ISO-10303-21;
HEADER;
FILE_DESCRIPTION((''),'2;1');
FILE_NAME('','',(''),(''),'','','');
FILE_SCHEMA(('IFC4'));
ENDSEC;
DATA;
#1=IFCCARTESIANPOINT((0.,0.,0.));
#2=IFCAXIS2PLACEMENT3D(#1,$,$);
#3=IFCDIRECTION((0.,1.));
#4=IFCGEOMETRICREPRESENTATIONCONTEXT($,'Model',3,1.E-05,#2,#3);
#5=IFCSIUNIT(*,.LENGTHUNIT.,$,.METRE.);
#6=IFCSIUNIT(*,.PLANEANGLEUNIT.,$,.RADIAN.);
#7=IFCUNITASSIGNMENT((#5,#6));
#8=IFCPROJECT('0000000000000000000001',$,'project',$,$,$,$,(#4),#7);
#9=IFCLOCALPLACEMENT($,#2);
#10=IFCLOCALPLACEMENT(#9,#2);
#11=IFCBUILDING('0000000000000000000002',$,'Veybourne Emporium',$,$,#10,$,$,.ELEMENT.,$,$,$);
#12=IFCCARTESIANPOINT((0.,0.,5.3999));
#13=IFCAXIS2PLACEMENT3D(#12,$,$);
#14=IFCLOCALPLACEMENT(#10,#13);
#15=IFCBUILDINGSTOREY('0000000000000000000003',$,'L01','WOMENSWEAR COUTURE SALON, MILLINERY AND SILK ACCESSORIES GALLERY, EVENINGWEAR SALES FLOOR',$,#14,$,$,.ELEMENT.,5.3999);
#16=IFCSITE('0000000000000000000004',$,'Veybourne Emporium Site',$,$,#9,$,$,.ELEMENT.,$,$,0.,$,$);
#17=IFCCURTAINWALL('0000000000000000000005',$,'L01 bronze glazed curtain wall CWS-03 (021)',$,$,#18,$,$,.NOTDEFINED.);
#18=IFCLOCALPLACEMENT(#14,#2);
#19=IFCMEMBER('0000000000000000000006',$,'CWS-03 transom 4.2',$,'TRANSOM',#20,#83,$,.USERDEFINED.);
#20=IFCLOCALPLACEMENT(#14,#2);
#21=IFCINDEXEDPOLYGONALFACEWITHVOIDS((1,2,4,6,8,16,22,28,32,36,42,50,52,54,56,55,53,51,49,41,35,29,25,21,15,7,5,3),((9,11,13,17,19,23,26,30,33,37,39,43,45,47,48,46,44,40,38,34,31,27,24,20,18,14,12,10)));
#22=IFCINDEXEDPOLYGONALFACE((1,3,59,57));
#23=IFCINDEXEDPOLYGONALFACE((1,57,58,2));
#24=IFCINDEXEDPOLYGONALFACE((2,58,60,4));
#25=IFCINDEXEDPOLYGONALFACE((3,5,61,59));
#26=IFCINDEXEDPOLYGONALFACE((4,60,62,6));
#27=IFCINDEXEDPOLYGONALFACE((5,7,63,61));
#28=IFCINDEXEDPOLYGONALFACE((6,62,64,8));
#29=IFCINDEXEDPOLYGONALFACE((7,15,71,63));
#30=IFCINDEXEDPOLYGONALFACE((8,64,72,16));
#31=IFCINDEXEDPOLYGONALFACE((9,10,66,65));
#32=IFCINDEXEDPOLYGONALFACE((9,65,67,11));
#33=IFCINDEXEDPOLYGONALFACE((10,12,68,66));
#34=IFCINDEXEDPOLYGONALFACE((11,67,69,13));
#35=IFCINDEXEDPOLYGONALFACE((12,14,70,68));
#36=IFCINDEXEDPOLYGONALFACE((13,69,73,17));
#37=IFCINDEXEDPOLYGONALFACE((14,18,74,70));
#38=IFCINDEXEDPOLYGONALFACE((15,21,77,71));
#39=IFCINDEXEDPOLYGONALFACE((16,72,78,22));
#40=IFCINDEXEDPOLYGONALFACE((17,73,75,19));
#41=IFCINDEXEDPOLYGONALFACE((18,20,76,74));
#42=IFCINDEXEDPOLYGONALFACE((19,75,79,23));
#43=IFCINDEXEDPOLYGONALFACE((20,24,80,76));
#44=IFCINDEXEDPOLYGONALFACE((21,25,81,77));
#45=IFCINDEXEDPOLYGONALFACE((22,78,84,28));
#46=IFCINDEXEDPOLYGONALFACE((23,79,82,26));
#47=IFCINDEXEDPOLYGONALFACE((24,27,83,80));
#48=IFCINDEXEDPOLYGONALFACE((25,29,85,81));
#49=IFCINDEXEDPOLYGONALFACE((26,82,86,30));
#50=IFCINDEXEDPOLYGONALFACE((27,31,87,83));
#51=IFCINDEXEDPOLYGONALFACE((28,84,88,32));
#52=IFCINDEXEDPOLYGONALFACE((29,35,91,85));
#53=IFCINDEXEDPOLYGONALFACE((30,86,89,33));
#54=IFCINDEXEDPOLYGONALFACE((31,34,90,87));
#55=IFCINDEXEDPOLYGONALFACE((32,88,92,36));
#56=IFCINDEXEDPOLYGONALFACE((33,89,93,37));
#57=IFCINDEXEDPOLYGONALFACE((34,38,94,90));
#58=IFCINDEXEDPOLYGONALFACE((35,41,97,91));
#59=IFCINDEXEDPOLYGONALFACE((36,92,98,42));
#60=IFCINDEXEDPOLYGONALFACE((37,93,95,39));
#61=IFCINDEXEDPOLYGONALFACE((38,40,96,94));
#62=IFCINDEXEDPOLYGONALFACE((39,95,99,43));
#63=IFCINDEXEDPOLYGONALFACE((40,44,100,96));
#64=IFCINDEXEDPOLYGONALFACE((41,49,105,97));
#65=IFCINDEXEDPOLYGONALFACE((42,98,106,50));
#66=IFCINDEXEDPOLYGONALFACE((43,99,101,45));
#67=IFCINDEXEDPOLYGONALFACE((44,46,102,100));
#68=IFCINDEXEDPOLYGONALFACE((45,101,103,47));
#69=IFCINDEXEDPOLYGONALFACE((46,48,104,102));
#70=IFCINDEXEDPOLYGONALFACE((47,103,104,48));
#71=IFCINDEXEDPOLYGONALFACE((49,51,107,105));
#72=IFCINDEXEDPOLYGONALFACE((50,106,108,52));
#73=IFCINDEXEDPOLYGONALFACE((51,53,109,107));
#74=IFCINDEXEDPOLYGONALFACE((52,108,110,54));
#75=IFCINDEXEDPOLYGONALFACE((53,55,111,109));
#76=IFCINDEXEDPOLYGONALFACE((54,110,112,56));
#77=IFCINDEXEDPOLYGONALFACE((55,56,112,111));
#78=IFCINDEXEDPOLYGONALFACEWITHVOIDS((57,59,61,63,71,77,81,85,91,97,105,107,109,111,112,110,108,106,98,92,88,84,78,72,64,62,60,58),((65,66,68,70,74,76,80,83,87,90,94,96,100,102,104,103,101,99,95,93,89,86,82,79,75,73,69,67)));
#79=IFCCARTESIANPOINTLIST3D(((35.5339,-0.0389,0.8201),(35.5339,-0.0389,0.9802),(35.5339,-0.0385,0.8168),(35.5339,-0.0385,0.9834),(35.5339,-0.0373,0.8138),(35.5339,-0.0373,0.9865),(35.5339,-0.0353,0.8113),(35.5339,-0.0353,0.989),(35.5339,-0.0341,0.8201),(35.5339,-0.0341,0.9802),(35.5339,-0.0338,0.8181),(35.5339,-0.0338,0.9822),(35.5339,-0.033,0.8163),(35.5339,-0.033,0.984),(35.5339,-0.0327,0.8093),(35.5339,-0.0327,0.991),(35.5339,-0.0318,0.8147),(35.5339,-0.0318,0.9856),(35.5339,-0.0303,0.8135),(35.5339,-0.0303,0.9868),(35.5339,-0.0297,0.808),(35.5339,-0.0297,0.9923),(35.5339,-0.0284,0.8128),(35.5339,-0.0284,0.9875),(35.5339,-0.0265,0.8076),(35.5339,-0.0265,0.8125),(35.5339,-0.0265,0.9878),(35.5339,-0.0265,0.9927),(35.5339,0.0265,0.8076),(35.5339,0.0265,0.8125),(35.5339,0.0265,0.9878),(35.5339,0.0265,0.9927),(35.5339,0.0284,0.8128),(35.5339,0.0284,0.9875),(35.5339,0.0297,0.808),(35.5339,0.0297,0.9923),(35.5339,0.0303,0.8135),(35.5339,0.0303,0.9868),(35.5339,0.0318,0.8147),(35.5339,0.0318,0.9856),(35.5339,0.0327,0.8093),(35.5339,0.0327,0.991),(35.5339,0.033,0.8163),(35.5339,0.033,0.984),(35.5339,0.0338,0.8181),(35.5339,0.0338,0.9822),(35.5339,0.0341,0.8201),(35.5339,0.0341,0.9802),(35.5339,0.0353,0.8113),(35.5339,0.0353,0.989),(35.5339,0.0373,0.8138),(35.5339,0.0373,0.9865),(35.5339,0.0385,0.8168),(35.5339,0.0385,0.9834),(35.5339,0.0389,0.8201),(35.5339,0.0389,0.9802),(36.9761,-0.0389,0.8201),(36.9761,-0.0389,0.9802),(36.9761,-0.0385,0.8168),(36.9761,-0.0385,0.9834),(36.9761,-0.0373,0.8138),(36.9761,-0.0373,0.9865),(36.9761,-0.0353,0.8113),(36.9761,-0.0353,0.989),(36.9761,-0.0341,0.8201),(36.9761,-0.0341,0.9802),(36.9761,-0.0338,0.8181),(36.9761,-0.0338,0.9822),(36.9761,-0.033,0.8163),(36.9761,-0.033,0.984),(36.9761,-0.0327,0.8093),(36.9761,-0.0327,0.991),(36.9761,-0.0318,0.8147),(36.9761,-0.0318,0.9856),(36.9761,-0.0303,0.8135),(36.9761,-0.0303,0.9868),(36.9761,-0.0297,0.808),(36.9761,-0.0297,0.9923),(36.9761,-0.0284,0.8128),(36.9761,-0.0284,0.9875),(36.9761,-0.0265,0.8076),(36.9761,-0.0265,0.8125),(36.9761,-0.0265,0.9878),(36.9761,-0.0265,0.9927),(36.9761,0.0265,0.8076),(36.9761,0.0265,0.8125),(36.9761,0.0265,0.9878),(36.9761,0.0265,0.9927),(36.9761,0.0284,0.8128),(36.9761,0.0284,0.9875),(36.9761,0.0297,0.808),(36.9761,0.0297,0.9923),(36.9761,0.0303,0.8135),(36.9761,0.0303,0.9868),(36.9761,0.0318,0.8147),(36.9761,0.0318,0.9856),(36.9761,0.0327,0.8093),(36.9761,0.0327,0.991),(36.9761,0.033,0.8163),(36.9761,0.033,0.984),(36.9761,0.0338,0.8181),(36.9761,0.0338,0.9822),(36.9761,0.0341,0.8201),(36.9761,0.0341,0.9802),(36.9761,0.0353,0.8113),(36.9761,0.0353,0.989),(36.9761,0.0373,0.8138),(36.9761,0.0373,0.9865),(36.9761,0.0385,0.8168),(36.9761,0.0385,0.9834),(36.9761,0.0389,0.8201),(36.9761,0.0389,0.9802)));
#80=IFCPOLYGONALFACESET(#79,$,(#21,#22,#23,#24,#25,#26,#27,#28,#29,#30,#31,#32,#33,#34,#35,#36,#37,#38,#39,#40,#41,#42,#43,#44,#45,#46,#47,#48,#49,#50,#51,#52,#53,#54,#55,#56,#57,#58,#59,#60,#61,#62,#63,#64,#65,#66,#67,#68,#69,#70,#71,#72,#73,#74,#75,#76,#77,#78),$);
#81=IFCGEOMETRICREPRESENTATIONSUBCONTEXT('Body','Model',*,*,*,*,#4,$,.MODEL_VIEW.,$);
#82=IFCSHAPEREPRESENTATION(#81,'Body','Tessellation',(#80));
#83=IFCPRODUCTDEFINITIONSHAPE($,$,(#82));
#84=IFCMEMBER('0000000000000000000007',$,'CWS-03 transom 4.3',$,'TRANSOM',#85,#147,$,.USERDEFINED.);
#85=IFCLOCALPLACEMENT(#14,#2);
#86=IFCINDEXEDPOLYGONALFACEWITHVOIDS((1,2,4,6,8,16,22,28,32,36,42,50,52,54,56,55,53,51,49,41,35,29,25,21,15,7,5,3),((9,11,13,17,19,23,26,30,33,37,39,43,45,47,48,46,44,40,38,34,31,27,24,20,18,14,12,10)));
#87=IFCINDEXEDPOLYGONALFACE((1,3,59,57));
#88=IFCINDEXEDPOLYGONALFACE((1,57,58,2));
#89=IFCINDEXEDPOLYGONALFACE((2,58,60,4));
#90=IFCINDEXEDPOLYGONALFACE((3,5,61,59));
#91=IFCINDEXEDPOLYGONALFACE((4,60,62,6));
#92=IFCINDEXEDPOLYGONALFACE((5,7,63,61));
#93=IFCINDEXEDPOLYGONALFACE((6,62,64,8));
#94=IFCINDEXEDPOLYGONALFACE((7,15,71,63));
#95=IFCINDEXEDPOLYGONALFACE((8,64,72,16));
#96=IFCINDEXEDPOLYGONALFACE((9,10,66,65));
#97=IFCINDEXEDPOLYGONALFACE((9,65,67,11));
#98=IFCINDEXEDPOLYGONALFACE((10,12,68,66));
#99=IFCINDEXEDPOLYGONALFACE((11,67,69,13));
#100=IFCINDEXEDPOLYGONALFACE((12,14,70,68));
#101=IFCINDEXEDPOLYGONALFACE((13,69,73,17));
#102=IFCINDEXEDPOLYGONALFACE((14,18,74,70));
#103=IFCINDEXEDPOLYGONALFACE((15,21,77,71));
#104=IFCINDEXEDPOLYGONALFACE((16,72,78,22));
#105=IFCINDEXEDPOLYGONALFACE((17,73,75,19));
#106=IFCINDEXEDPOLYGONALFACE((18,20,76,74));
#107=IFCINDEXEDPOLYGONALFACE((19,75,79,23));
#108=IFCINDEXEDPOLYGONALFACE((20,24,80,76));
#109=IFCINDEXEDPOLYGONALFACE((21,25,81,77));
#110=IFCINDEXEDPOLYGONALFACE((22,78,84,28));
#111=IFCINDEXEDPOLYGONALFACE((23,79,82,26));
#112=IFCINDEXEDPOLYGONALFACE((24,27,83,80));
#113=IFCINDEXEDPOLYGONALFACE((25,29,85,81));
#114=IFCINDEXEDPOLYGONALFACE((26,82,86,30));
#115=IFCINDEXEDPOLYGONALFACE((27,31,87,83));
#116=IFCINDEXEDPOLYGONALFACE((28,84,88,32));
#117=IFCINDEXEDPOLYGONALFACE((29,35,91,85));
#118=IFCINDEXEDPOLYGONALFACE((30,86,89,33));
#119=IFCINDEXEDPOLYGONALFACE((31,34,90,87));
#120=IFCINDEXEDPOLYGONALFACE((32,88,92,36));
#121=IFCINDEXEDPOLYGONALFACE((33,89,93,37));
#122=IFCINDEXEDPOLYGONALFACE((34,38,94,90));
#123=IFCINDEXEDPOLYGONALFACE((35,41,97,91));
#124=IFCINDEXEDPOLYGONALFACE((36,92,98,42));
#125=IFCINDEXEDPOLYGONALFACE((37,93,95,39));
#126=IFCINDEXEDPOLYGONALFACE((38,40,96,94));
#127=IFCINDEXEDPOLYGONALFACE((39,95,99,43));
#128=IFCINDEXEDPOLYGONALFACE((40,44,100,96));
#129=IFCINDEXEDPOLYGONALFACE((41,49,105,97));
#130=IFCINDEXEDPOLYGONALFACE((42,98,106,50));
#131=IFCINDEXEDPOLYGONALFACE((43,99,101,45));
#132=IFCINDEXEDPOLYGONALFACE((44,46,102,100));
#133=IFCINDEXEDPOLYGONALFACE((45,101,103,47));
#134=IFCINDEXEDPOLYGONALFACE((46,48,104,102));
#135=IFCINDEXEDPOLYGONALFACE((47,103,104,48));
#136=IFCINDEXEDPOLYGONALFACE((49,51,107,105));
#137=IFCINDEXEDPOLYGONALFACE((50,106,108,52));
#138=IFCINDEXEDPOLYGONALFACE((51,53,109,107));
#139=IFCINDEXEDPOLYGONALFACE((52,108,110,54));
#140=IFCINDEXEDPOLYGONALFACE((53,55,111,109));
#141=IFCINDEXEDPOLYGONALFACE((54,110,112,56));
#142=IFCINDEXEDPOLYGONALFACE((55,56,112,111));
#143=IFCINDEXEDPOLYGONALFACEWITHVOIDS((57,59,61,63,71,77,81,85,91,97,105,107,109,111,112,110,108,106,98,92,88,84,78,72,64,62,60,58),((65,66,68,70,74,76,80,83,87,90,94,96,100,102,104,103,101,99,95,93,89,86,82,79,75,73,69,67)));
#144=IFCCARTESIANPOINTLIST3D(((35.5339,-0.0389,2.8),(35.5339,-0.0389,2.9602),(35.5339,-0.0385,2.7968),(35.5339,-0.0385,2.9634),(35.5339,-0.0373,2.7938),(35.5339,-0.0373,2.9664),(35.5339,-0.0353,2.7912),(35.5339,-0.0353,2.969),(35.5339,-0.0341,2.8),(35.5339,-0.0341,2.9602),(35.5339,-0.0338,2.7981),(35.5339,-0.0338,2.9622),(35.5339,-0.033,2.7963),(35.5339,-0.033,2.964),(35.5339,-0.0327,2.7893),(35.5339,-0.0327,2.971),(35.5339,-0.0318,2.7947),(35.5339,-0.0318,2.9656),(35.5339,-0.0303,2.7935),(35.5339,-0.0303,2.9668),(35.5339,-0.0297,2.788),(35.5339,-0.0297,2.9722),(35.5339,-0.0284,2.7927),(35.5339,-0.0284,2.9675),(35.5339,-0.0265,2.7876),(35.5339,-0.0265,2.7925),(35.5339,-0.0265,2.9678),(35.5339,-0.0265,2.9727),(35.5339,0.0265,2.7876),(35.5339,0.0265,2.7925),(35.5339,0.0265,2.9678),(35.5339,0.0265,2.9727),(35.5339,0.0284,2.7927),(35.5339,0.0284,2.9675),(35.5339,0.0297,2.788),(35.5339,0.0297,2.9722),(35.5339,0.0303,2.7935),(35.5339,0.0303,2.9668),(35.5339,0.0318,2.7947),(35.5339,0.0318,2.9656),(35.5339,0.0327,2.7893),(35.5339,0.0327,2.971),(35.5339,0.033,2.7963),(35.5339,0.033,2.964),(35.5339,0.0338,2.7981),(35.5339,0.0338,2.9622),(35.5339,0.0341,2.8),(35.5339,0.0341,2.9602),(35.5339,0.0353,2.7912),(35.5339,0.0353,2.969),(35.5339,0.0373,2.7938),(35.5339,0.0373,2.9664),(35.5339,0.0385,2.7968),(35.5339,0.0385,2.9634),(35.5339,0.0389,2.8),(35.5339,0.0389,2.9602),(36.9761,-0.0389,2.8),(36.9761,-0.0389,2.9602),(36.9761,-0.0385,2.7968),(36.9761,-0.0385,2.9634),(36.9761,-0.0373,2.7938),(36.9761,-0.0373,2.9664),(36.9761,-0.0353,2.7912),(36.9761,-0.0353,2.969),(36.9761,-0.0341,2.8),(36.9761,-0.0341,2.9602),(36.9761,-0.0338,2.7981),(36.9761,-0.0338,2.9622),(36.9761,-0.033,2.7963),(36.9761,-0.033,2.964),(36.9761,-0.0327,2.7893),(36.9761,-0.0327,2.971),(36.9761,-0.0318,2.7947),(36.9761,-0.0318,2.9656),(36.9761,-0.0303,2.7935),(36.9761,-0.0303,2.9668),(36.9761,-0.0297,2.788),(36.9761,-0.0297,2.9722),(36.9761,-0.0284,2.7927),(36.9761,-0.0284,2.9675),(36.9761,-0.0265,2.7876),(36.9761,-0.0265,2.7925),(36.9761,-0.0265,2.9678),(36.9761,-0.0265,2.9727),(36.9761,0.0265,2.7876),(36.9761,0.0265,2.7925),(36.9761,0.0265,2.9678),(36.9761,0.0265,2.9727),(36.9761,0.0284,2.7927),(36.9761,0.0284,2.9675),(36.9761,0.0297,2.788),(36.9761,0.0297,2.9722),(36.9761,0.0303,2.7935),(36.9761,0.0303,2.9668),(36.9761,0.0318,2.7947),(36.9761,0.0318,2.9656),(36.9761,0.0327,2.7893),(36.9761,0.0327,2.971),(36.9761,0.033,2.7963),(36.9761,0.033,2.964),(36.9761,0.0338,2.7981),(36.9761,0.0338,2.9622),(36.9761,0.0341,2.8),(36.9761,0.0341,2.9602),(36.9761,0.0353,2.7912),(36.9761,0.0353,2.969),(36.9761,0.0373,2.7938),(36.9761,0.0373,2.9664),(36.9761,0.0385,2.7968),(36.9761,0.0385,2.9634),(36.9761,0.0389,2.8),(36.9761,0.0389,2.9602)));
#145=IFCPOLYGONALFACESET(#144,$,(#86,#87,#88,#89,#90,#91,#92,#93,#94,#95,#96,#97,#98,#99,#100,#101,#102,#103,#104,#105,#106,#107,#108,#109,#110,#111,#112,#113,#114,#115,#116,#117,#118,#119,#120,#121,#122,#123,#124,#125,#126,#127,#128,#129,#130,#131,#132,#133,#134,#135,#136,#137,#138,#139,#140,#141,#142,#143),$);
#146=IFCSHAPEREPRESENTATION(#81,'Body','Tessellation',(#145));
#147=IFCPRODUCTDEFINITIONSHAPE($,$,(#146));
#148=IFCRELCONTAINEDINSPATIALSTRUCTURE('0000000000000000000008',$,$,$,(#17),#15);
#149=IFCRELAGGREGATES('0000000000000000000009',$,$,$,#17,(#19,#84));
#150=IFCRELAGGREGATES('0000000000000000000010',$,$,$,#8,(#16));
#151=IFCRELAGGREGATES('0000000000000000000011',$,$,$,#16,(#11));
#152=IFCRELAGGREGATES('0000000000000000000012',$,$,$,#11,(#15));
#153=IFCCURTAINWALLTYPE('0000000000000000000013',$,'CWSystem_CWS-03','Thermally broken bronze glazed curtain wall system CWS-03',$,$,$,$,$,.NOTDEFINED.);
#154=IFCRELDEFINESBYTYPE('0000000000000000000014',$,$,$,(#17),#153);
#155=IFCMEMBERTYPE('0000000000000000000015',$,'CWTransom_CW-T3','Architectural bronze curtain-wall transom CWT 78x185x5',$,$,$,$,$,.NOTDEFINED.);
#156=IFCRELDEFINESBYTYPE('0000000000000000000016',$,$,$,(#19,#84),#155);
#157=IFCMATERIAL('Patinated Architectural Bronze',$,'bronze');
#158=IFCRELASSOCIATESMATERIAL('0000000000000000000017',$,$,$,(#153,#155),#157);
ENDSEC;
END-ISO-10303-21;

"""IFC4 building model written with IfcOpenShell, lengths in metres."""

from ifc_helpers import new_model, si_unit, direction, frame, origin, origin_2d, place, context, subcontext, project, spatial, hollow_rectangle, extrude, material, material_profile, profile_set, type_object, element, aggregate, save


model = new_model("IFC4")

# Units and contexts
model_context = context("Model", 3, precision=1e-05, world=origin(), true_north=direction((0.0, 1.0)))
body_context = subcontext(model_context, "Body", "Model", "MODEL_VIEW")
ifc_project = project(units=[si_unit("LENGTHUNIT", "METRE"), si_unit("PLANEANGLEUNIT", "RADIAN")], contexts=[model_context])

# Site, building, storey
site_placement = place(None, origin())
site = spatial("IfcSite", under=ifc_project, at=site_placement, Name="Veybourne Emporium Site", CompositionType="ELEMENT", RefElevation=0.0)
building_placement = place(site_placement, origin())
building = spatial("IfcBuilding", under=site, at=building_placement, Name="Veybourne Emporium", CompositionType="ELEMENT")
storey_placement = place(building_placement, frame((0.0, 0.0, 5.3999)))
storey = spatial("IfcBuildingStorey", under=building, at=storey_placement, Name="L01", Description="WOMENSWEAR COUTURE SALON, MILLINERY AND SILK ACCESSORIES GALLERY, EVENINGWEAR SALES FLOOR", CompositionType="ELEMENT", Elevation=5.3999)

# Curtain wall, members
ifc_material_1 = material(Name="Patinated Architectural Bronze", Category="bronze")
curtain_wall_type = type_object("IfcCurtainWallType", Name="CWSystem_CWS-03", Description="Thermally broken bronze glazed curtain wall system CWS-03", PredefinedType="NOTDEFINED", material=ifc_material_1)
curtain_wall_placement = place(storey_placement, origin())
curtain_wall = element("IfcCurtainWall", 1, at=curtain_wall_placement, inside=storey, type_object=curtain_wall_type, Name="L01 bronze glazed curtain wall CWS-03 (021)", PredefinedType="NOTDEFINED")
ifc_material_profile_1 = material_profile(ifc_material_1, hollow_rectangle(XDim=0.0779, YDim=0.1851, WallThickness=0.0049, InnerFilletRadius=0.0076, OuterFilletRadius=0.0125, at=origin_2d()), Name="CWT 78x185x5")
ifc_profile_set_1 = profile_set([ifc_material_profile_1], Name="Patinated Architectural Bronze")
member_type_1 = type_object("IfcMemberType", Name="CWTransom_CW-T3", Description="Architectural bronze curtain-wall transom CWT 78x185x5", PredefinedType="NOTDEFINED", material=ifc_profile_set_1)
member_1_placement = place(storey_placement, frame((36.9761, 0.0, 0.9001), z_axis=(-1.0, 0.0, 0.0), x_axis=(0.0, -1.0, 0.0)))
member_1 = element("IfcMember", 2, at=member_1_placement, type_object=member_type_1, Name="CWS-03 transom 4.2", ObjectType="TRANSOM", PredefinedType="USERDEFINED", context=body_context, shape_type="SweptSolid", body=[
    extrude(hollow_rectangle(XDim=0.0779, YDim=0.1851, WallThickness=0.0049, InnerFilletRadius=0.0076, OuterFilletRadius=0.0125, at=origin_2d()), origin(), (0.0, 0.0, 1.0), 1.4421),
])
member_2_placement = place(storey_placement, frame((36.9761, 0.0, 2.8801), z_axis=(-1.0, 0.0, 0.0), x_axis=(0.0, -1.0, 0.0)))
member_2 = element("IfcMember", 3, at=member_2_placement, type_object=member_type_1, Name="CWS-03 transom 4.3", ObjectType="TRANSOM", PredefinedType="USERDEFINED", context=body_context, shape_type="SweptSolid", body=[
    extrude(hollow_rectangle(XDim=0.0779, YDim=0.1851, WallThickness=0.0049, InnerFilletRadius=0.0076, OuterFilletRadius=0.0125, at=origin_2d()), origin(), (0.0, 0.0, 1.0), 1.4421),
])
aggregate(curtain_wall, [member_1, member_2])

save(model, "model.ifc")
